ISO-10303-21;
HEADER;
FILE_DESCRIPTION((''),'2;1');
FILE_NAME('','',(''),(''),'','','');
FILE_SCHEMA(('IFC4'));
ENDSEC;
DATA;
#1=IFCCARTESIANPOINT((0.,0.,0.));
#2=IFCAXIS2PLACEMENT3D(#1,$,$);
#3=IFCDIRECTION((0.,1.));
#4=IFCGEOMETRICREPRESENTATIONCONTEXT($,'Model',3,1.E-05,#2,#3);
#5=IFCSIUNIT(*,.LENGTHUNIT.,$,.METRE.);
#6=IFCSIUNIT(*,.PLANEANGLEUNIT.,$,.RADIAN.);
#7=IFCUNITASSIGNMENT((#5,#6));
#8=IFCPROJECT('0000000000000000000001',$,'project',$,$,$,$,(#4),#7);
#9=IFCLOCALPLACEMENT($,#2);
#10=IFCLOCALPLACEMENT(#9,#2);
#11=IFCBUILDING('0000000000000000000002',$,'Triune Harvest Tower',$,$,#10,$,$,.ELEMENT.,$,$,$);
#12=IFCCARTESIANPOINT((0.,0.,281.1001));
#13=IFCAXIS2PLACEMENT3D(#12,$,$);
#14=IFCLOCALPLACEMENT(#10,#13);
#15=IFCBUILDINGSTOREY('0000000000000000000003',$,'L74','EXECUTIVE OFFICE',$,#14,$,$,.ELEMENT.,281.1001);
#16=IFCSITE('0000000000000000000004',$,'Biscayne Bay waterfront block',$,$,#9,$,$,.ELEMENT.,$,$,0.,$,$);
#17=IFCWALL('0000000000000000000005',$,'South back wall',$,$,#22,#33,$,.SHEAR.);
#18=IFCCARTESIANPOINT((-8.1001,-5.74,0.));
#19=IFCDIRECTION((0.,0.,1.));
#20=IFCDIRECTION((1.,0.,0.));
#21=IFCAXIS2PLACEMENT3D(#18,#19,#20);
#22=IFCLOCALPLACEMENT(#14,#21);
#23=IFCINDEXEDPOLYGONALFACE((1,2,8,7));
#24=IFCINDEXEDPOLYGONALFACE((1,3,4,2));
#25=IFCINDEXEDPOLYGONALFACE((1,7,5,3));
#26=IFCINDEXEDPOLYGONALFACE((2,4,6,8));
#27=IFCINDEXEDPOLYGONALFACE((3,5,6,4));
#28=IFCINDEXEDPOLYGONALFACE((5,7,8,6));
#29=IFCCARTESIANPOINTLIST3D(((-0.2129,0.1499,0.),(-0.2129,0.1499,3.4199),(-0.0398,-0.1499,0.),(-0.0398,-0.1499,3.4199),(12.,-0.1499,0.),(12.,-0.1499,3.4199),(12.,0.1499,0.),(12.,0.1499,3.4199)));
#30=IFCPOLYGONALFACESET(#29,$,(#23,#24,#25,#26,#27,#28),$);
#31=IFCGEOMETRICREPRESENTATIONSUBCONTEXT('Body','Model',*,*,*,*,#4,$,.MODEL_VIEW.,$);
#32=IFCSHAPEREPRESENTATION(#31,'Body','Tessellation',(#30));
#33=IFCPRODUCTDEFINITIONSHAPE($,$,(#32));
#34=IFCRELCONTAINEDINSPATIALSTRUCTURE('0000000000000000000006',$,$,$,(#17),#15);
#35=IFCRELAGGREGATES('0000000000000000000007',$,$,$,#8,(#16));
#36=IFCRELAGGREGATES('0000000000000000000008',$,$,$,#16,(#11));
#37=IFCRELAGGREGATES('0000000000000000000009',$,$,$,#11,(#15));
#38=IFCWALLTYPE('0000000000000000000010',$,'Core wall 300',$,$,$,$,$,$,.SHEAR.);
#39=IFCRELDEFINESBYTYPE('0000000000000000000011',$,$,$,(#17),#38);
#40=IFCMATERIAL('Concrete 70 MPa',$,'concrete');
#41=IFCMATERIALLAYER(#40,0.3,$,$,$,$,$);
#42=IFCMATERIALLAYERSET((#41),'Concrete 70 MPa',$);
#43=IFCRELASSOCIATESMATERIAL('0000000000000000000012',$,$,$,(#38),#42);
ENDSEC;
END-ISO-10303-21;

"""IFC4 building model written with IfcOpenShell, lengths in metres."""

from ifc_helpers import new_model, si_unit, direction, frame, origin, place, context, subcontext, project, spatial, polyline, outline, extrude, material, layer, layer_set, type_object, element, save


model = new_model("IFC4")

# Units and contexts
model_context = context("Model", 3, precision=1e-05, world=origin(), true_north=direction((0.0, 1.0)))
body_context = subcontext(model_context, "Body", "Model", "MODEL_VIEW")
ifc_project = project(units=[si_unit("LENGTHUNIT", "METRE"), si_unit("PLANEANGLEUNIT", "RADIAN")], contexts=[model_context])

# Site, building, storey
site_placement = place(None, origin())
site = spatial("IfcSite", under=ifc_project, at=site_placement, Name="Biscayne Bay waterfront block", CompositionType="ELEMENT", RefElevation=0.0)
building_placement = place(site_placement, origin())
building = spatial("IfcBuilding", under=site, at=building_placement, Name="Triune Harvest Tower", CompositionType="ELEMENT")
storey_placement = place(building_placement, frame((0.0, 0.0, 281.1001)))
storey = spatial("IfcBuildingStorey", under=building, at=storey_placement, Name="L74", Description="EXECUTIVE OFFICE", CompositionType="ELEMENT", Elevation=281.1001)

# Shared definitions
ifc_material_1 = material(Name="Concrete 70 MPa", Category="concrete")
ifc_layer_1 = layer(ifc_material_1, 0.3)
ifc_layer_set_1 = layer_set([ifc_layer_1], Name="Concrete 70 MPa")
wall_type_1 = type_object("IfcWallType", Name="Core wall 300", PredefinedType="SHEAR", material=ifc_layer_set_1)

# Wall
wall_1_placement = place(storey_placement, frame((-8.1001, -5.74, 0.0), z_axis=(0.0, 0.0, 1.0), x_axis=(1.0, 0.0, 0.0)))
element("IfcWall", 1, at=wall_1_placement, inside=storey, type_object=wall_type_1, Name="South back wall", PredefinedType="SHEAR", context=body_context, shape_type="SweptSolid", body=[
    extrude(outline(polyline([(12.0, -0.1499), (-0.0398, -0.1499), (-0.2129, 0.1499), (12.0, 0.1499), (12.0, -0.1499)])), origin(), (0.0, 0.0, 1.0), 3.4199),
])

save(model, "model.ifc")
